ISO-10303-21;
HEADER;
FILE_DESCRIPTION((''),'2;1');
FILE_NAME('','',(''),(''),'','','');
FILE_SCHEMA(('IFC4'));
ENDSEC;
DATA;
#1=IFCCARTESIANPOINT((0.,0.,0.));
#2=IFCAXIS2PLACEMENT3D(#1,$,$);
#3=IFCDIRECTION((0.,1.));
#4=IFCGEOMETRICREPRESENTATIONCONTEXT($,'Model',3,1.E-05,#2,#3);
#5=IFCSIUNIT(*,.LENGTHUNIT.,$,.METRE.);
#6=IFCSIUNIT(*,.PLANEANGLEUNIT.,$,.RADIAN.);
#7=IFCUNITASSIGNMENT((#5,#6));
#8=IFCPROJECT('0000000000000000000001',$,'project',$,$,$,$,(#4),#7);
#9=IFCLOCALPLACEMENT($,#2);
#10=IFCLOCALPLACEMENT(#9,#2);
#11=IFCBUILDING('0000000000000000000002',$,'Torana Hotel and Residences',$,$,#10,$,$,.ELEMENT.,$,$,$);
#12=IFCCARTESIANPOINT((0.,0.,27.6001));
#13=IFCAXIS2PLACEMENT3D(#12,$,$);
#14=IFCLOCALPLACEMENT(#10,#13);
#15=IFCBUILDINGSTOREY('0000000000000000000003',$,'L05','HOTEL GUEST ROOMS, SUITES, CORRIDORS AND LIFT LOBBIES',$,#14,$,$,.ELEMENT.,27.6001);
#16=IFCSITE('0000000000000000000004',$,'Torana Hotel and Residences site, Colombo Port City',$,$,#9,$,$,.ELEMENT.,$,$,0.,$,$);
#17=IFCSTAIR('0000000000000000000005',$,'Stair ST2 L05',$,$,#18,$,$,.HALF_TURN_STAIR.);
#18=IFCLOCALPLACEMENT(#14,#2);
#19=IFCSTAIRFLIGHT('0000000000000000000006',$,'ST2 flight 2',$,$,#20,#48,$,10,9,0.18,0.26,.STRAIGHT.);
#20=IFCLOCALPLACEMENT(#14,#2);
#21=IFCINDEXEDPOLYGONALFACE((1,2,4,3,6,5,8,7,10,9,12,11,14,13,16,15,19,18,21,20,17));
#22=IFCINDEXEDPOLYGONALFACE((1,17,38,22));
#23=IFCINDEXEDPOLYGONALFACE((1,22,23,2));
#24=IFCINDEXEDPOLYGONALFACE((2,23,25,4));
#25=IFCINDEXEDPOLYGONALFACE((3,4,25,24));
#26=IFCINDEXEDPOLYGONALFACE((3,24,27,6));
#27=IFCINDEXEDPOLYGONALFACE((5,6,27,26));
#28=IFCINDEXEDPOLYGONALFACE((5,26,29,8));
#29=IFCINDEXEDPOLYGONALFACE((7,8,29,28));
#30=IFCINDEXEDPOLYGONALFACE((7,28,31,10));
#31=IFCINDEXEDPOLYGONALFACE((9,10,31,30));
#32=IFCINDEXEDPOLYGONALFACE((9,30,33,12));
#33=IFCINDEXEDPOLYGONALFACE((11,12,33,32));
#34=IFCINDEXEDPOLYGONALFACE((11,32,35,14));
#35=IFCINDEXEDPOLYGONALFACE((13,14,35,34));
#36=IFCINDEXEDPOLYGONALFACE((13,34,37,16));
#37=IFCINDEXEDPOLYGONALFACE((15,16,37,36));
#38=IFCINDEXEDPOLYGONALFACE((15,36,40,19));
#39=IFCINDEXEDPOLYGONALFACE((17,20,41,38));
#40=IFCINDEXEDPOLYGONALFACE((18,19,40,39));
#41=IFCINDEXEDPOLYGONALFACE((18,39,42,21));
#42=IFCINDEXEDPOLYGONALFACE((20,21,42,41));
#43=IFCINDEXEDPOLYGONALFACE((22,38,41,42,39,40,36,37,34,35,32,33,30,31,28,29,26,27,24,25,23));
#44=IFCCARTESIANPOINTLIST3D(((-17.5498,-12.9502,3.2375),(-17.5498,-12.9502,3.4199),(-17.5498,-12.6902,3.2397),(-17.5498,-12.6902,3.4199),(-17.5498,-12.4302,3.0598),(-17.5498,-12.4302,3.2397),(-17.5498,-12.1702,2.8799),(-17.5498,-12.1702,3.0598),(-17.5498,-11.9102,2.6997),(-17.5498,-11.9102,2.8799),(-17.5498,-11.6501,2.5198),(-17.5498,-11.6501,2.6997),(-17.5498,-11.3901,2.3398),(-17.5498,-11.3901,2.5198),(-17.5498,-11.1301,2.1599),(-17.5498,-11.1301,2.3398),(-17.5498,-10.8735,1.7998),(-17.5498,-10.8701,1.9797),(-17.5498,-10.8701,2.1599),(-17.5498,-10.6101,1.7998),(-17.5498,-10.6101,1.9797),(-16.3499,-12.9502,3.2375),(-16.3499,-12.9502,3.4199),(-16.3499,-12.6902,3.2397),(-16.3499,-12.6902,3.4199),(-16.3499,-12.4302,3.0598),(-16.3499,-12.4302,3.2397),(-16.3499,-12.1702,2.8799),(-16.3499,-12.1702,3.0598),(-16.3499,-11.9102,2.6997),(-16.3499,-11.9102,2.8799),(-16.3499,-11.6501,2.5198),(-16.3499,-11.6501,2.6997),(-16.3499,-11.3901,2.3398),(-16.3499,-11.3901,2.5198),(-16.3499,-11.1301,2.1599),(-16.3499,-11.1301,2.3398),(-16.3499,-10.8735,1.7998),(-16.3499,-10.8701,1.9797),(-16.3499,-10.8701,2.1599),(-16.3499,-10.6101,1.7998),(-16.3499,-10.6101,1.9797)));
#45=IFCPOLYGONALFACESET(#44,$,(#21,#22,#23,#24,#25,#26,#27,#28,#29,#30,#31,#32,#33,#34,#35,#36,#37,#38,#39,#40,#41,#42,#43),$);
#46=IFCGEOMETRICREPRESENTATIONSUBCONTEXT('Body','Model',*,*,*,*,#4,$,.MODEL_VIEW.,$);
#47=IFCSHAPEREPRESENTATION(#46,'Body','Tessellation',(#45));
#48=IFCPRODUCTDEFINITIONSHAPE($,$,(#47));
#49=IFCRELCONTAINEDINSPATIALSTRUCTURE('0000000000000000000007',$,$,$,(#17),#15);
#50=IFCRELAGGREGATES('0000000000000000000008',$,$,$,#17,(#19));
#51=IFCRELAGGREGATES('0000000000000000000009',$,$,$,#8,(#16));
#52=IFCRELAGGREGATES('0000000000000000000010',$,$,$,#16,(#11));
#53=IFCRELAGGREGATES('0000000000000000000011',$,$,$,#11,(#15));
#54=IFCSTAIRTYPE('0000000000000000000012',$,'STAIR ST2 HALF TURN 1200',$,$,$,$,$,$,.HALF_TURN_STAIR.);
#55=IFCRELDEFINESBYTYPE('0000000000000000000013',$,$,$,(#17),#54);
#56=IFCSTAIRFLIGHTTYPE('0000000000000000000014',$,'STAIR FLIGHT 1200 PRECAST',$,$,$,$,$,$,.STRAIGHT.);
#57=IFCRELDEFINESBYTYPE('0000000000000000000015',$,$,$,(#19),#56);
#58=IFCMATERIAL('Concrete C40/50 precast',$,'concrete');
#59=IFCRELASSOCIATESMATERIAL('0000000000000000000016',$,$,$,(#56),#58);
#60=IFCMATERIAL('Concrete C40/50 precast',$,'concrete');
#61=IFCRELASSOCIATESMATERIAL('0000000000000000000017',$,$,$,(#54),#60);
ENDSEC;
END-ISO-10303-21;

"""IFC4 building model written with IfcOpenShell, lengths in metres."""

from ifc_helpers import new_model, si_unit, direction, frame, origin, place, context, subcontext, project, spatial, polyline, outline, extrude, material, type_object, element, aggregate, save


model = new_model("IFC4")

# Units and contexts
model_context = context("Model", 3, precision=1e-05, world=origin(), true_north=direction((0.0, 1.0)))
body_context = subcontext(model_context, "Body", "Model", "MODEL_VIEW")
ifc_project = project(units=[si_unit("LENGTHUNIT", "METRE"), si_unit("PLANEANGLEUNIT", "RADIAN")], contexts=[model_context])

# Site, building, storey
site_placement = place(None, origin())
site = spatial("IfcSite", under=ifc_project, at=site_placement, Name="Torana Hotel and Residences site, Colombo Port City", CompositionType="ELEMENT", RefElevation=0.0)
building_placement = place(site_placement, origin())
building = spatial("IfcBuilding", under=site, at=building_placement, Name="Torana Hotel and Residences", CompositionType="ELEMENT")
storey_placement = place(building_placement, frame((0.0, 0.0, 27.6001)))
storey = spatial("IfcBuildingStorey", under=building, at=storey_placement, Name="L05", Description="HOTEL GUEST ROOMS, SUITES, CORRIDORS AND LIFT LOBBIES", CompositionType="ELEMENT", Elevation=27.6001)

# Stair, stair flight
ifc_material_1 = material(Name="Concrete C40/50 precast", Category="concrete")
stair_flight_type = type_object("IfcStairFlightType", Name="STAIR FLIGHT 1200 PRECAST", PredefinedType="STRAIGHT", material=ifc_material_1)
ifc_material_2 = material(Name="Concrete C40/50 precast", Category="concrete")
stair_type_1 = type_object("IfcStairType", Name="STAIR ST2 HALF TURN 1200", PredefinedType="HALF_TURN_STAIR", material=ifc_material_2)
stair_1_placement = place(storey_placement, origin())
stair_1 = element("IfcStair", 1, at=stair_1_placement, inside=storey, type_object=stair_type_1, Name="Stair ST2 L05", PredefinedType="HALF_TURN_STAIR")
stair_flight_1_placement = place(storey_placement, frame((-16.95, -10.6101, 1.7998), z_axis=(0.0, 0.0, 1.0), x_axis=(0.0, -1.0, 0.0)))
stair_flight_1 = element("IfcStairFlight", 2, at=stair_flight_1_placement, type_object=stair_flight_type, Name="ST2 flight 2", NumberOfRisers=10, NumberOfTreads=9, PredefinedType="STRAIGHT", RiserHeight=0.18, TreadLength=0.26, context=body_context, shape_type="SweptSolid", body=[
    extrude(outline(polyline([(0.0, 0.0), (0.0, 0.1799), (0.26, 0.1799), (0.26, 0.3601), (0.52, 0.3601), (0.52, 0.54), (0.78, 0.54), (0.78, 0.72), (1.04, 0.72), (1.04, 0.8999), (1.3, 0.8999), (1.3, 1.0801), (1.5601, 1.0801), (1.5601, 1.26), (1.8201, 1.26), (1.8201, 1.4399), (2.0801, 1.4399), (2.0801, 1.6201), (2.3401, 1.6201), (2.3401, 1.8), (2.3401, 1.4377), (0.2634, 0.0), (0.0, 0.0)])), frame((0.0, 0.6001, 0.0), z_axis=(0.0, -1.0, 0.0), x_axis=(1.0, 0.0, 0.0)), (0.0, 0.0, 1.0), 1.2),
])
aggregate(stair_1, [stair_flight_1])

save(model, "model.ifc")
